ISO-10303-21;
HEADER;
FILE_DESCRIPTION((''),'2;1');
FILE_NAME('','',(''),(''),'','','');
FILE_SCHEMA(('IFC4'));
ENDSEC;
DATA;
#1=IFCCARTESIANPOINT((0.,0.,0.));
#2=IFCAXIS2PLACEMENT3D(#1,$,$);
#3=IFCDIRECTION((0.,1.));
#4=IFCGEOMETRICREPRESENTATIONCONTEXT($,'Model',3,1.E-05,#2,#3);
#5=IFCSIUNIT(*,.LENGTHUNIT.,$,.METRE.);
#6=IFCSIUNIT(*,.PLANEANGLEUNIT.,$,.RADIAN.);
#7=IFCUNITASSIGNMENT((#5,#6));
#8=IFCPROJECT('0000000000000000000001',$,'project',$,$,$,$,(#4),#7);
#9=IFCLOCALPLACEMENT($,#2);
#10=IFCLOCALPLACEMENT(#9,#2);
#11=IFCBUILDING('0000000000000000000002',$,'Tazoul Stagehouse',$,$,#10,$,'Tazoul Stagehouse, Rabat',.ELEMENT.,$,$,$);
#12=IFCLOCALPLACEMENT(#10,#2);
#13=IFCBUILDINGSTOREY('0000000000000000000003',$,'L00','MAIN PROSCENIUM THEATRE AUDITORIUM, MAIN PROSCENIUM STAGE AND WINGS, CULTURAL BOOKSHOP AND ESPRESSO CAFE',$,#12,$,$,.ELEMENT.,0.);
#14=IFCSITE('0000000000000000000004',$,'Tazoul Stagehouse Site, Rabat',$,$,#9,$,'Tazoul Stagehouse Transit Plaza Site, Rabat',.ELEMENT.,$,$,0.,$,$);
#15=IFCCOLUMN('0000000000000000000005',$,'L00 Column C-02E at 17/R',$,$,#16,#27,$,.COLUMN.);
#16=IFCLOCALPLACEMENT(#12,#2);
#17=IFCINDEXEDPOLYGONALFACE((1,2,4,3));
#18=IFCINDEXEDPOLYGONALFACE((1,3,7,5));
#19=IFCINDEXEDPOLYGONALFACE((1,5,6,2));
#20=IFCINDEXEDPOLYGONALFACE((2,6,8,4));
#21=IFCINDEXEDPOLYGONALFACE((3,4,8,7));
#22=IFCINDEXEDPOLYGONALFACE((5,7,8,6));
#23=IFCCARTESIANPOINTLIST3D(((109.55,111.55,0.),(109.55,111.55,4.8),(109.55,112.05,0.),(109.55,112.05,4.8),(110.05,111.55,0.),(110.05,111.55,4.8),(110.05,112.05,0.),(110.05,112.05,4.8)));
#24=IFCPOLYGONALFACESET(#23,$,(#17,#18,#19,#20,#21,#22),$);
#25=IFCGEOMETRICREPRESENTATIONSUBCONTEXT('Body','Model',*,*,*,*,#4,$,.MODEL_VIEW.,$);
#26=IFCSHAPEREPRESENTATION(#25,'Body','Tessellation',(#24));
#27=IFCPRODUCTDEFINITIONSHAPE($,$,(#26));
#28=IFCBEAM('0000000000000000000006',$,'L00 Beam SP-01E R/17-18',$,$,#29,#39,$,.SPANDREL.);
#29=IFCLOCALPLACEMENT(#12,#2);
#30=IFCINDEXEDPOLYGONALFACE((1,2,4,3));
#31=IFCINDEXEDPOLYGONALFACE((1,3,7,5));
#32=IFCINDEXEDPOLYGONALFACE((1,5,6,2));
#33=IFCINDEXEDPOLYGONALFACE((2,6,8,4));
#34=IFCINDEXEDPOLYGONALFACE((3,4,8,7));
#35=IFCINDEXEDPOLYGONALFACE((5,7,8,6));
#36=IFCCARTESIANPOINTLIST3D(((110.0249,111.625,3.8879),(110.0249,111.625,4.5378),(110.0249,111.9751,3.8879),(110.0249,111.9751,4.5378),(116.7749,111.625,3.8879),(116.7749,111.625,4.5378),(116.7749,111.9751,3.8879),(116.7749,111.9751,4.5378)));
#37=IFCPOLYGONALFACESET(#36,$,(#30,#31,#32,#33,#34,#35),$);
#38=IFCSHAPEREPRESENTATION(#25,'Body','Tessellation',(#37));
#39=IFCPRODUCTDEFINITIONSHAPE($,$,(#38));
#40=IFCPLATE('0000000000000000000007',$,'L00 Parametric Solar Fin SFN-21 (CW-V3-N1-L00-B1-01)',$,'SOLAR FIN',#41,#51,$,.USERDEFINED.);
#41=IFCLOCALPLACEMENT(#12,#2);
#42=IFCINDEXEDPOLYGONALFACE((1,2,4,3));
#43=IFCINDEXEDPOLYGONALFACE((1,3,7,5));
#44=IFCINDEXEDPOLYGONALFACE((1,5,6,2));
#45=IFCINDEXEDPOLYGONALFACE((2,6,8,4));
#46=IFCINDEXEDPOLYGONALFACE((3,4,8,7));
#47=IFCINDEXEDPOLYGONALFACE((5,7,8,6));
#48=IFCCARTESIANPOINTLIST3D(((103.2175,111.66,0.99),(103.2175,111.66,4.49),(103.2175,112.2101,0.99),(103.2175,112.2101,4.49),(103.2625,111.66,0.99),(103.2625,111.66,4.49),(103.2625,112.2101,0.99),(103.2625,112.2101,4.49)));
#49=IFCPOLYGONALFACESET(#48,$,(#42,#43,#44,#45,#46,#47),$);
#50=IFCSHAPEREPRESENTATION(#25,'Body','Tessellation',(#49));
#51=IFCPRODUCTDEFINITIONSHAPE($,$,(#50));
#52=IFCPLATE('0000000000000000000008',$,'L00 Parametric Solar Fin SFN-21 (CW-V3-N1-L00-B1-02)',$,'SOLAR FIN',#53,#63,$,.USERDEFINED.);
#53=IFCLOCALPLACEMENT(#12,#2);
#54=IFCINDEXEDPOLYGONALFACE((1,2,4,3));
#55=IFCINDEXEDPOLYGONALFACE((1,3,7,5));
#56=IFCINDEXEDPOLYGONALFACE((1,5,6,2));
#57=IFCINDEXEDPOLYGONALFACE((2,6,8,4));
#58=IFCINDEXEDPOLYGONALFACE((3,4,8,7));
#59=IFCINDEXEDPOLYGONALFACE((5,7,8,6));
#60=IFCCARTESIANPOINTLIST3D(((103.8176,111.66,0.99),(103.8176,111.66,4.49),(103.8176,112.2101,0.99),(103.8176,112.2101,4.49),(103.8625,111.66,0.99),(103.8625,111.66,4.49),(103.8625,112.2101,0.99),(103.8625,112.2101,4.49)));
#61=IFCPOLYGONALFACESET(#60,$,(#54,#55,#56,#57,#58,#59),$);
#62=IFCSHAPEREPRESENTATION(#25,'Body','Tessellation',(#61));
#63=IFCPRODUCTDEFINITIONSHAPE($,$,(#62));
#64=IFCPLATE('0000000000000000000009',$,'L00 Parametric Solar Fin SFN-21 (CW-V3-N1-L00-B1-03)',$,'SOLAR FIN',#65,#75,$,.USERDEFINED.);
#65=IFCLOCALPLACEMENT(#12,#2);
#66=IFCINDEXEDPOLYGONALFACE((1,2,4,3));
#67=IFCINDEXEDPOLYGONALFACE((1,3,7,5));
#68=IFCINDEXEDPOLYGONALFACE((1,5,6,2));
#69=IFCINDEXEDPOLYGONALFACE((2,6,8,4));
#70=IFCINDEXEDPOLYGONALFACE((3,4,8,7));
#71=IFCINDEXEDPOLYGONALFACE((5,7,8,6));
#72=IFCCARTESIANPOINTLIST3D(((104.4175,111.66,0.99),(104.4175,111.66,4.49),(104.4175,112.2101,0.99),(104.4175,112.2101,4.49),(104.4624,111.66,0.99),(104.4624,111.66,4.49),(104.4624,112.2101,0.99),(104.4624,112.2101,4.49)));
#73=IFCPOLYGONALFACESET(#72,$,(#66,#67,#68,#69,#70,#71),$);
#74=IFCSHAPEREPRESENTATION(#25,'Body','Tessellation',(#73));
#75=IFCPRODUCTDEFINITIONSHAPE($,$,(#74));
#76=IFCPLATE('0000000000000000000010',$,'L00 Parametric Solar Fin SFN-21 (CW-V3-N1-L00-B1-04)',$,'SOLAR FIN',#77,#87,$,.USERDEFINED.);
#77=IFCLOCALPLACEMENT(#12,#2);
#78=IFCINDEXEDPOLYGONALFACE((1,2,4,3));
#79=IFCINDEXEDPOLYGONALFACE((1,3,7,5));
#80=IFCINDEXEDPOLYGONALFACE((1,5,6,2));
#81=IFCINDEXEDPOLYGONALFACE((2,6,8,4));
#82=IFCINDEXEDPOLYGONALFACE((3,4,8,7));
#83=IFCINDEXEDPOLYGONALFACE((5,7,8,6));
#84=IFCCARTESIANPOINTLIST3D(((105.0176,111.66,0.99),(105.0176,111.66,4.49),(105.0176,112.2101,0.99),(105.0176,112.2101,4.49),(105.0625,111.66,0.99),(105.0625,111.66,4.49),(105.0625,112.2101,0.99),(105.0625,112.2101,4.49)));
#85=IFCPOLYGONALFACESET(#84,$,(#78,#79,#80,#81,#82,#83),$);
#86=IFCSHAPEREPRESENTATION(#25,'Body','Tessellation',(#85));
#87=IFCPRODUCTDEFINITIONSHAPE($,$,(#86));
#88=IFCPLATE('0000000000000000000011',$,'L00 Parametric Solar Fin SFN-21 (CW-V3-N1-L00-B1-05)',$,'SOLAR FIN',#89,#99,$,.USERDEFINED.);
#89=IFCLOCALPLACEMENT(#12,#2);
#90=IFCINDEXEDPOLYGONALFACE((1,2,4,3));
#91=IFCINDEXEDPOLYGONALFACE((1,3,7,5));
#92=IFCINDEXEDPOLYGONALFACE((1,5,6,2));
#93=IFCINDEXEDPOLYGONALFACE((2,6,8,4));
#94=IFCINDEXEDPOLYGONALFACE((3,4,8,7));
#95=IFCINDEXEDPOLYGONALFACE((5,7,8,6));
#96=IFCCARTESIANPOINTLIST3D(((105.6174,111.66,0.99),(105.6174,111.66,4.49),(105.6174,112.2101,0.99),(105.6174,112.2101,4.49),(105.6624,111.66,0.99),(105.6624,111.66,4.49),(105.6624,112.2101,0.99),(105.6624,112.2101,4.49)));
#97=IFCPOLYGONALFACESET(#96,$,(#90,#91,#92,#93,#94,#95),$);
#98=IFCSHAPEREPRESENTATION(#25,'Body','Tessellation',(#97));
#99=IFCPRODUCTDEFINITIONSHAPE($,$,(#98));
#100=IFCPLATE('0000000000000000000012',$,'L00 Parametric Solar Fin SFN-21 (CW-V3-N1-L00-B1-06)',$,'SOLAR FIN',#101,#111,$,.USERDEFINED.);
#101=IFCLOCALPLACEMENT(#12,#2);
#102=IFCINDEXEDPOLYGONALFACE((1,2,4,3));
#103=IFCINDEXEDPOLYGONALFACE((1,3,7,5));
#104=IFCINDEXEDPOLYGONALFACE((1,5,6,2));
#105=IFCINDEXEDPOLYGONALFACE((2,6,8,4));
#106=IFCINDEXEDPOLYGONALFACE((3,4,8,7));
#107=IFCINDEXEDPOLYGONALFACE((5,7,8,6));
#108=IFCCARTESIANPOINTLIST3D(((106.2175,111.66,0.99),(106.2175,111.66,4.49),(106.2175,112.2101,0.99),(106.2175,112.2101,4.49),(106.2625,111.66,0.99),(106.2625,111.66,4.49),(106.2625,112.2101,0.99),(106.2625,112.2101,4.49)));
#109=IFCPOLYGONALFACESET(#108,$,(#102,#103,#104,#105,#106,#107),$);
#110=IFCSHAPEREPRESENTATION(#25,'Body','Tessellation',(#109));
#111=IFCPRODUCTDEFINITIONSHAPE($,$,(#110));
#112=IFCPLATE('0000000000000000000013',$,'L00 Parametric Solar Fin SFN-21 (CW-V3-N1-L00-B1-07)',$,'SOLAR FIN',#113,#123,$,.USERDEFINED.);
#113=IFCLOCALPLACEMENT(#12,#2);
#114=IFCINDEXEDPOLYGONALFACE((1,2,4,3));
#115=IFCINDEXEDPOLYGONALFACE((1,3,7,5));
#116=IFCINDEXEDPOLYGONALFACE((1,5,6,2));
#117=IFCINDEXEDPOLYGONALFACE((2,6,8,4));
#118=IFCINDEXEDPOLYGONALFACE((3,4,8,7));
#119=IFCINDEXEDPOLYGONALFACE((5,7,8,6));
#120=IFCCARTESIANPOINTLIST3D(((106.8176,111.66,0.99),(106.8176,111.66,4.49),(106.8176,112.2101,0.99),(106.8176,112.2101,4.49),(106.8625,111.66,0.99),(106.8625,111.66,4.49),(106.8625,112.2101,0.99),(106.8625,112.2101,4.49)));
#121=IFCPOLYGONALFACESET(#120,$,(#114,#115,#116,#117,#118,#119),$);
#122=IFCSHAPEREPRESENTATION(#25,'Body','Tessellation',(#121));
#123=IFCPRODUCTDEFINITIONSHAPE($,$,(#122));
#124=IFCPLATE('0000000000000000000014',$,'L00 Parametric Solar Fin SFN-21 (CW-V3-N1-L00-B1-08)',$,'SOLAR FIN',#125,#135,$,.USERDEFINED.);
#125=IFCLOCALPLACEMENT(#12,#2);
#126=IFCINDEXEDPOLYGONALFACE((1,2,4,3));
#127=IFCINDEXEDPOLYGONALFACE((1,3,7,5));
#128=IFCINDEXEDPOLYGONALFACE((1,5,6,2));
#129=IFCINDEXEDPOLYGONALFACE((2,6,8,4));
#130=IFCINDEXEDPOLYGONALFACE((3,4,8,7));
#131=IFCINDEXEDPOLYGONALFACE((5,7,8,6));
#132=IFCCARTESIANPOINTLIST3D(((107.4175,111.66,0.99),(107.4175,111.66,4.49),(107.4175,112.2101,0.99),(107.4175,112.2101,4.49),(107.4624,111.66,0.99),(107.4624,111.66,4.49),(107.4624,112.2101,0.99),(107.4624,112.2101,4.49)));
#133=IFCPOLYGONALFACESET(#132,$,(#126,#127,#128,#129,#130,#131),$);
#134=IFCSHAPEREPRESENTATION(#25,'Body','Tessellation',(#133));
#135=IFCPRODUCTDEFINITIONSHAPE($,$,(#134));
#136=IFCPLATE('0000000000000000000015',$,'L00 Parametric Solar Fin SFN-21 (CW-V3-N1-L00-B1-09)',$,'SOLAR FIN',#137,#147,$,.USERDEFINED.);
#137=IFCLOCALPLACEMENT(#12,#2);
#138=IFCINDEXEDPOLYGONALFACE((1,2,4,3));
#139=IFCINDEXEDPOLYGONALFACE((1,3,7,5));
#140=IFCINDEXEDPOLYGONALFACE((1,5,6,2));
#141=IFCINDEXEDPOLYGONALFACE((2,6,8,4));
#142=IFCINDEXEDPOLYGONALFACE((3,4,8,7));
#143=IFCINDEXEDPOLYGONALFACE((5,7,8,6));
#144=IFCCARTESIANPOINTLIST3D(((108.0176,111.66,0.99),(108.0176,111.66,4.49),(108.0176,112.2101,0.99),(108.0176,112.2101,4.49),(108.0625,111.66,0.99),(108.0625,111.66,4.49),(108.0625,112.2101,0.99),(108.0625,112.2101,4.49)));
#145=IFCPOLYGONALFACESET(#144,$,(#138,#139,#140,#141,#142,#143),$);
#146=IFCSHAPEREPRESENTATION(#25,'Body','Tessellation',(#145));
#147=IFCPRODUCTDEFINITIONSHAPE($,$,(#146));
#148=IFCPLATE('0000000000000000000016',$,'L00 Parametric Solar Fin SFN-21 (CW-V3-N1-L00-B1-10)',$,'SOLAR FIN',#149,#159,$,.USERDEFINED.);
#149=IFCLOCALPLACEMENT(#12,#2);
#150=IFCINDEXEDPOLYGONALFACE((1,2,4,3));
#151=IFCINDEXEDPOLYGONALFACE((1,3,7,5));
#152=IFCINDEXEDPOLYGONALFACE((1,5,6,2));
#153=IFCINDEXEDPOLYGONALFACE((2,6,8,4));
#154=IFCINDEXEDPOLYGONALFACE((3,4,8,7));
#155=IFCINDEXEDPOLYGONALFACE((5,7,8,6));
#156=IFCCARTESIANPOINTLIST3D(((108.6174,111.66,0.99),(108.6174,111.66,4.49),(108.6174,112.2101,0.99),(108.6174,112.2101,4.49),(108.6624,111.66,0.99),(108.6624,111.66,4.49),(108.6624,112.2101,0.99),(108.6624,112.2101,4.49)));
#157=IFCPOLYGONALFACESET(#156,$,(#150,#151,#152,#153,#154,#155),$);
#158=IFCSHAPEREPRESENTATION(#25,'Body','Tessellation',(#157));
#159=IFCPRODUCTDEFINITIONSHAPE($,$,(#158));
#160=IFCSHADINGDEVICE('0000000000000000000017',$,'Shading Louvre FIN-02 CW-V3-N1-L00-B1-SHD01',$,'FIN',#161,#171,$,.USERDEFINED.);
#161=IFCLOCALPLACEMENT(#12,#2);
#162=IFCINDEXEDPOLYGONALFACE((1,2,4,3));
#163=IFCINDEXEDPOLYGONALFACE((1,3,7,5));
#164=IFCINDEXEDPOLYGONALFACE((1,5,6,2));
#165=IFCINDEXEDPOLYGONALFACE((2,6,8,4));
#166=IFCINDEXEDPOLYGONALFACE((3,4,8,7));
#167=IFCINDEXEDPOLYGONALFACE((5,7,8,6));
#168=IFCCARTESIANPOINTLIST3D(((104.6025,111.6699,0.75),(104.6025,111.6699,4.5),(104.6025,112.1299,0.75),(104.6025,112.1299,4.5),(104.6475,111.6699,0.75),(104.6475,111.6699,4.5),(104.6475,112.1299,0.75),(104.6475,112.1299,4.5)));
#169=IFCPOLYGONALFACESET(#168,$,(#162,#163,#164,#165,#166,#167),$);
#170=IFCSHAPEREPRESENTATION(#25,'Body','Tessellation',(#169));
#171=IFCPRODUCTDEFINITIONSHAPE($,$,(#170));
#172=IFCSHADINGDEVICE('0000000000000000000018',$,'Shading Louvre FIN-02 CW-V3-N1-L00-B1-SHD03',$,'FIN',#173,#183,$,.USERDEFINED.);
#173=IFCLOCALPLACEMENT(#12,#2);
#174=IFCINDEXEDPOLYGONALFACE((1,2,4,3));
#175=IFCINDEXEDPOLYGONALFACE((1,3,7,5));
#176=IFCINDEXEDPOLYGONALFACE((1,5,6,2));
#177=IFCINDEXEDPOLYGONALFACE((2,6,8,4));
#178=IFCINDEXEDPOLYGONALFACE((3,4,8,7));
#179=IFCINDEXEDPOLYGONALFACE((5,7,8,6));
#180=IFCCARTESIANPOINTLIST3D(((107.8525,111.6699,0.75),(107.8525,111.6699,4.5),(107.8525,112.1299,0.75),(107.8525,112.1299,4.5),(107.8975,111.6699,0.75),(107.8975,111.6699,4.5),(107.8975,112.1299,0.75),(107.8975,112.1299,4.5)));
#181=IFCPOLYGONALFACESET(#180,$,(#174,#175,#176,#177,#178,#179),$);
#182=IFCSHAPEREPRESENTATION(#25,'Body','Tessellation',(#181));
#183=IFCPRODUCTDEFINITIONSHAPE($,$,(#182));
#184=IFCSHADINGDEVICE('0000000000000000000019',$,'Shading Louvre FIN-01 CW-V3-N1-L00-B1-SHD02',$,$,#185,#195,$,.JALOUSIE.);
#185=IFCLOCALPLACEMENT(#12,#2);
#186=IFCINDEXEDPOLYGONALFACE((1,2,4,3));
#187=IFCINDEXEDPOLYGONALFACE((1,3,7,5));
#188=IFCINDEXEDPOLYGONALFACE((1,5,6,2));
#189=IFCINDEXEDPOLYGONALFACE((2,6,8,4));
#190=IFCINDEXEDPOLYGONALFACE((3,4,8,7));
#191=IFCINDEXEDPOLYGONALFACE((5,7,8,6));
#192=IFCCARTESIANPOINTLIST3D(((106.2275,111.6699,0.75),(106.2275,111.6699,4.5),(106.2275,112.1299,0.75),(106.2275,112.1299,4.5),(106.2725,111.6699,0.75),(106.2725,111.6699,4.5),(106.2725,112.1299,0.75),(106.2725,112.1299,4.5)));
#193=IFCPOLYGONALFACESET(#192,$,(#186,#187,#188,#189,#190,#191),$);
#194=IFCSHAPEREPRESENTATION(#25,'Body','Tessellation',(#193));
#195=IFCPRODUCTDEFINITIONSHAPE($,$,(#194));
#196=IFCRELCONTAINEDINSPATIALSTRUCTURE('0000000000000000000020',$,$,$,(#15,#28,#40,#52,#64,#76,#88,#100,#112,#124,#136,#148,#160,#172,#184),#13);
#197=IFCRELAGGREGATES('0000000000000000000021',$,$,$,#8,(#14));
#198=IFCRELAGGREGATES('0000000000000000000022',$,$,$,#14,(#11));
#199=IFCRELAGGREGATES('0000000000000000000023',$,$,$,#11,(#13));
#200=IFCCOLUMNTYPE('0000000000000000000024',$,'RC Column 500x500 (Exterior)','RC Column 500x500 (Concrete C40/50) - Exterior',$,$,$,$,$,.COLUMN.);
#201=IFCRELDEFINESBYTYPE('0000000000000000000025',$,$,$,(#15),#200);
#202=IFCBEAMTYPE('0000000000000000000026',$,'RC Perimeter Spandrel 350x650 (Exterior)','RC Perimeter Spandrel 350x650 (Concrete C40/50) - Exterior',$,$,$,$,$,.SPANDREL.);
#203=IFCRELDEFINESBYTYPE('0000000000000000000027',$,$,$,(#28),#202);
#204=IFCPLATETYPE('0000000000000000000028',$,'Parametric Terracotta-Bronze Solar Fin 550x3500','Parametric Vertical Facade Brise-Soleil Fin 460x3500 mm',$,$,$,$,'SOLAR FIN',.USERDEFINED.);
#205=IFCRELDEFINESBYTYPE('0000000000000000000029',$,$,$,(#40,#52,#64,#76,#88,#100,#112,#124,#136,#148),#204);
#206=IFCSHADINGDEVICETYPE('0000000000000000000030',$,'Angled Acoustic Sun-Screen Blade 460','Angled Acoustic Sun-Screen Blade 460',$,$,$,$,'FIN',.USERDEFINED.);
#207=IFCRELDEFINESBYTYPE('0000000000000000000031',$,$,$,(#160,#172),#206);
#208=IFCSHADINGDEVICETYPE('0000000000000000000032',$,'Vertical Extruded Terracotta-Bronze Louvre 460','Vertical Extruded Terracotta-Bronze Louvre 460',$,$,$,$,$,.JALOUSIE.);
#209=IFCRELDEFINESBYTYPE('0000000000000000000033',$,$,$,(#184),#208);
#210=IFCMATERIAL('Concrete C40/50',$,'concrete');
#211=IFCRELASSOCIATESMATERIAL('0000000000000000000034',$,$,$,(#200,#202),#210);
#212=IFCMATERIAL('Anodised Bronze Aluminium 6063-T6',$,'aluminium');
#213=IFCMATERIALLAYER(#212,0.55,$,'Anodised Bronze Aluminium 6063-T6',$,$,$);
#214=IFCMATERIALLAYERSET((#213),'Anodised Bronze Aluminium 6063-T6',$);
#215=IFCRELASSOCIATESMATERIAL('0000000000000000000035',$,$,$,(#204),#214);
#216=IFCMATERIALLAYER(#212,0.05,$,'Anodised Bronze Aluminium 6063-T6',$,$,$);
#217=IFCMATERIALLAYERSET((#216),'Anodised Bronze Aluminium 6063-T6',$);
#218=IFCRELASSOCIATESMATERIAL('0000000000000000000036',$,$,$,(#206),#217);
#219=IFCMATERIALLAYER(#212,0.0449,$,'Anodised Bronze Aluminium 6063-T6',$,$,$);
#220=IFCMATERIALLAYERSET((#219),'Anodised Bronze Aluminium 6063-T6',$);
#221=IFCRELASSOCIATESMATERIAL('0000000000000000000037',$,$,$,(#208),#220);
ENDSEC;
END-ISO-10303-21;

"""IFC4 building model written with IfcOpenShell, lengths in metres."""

from ifc_helpers import new_model, si_unit, direction, frame, origin, origin_2d, place, context, subcontext, project, spatial, rectangle, extrude, material, layer, layer_set, material_profile, profile_set, type_object, element, save


model = new_model("IFC4")

# Units and contexts
model_context = context("Model", 3, precision=1e-05, world=origin(), true_north=direction((0.0, 1.0)))
body_context = subcontext(model_context, "Body", "Model", "MODEL_VIEW")
ifc_project = project(units=[si_unit("LENGTHUNIT", "METRE"), si_unit("PLANEANGLEUNIT", "RADIAN")], contexts=[model_context])

# Site, building, storey
site_placement = place(None, origin())
site = spatial("IfcSite", under=ifc_project, at=site_placement, Name="Tazoul Stagehouse Site, Rabat", LongName="Tazoul Stagehouse Transit Plaza Site, Rabat", CompositionType="ELEMENT", RefElevation=0.0)
building_placement = place(site_placement, origin())
building = spatial("IfcBuilding", under=site, at=building_placement, Name="Tazoul Stagehouse", LongName="Tazoul Stagehouse, Rabat", CompositionType="ELEMENT")
storey_placement = place(building_placement, origin())
storey = spatial("IfcBuildingStorey", under=building, at=storey_placement, Name="L00", Description="MAIN PROSCENIUM THEATRE AUDITORIUM, MAIN PROSCENIUM STAGE AND WINGS, CULTURAL BOOKSHOP AND ESPRESSO CAFE", CompositionType="ELEMENT", Elevation=0.0)

# Column
ifc_material_1 = material(Name="Concrete C40/50", Category="concrete")
ifc_material_profile_1 = material_profile(ifc_material_1, rectangle(XDim=0.5, YDim=0.5, at=origin_2d()), Name="RC 500x500")
ifc_profile_set_1 = profile_set([ifc_material_profile_1], Name="Concrete C40/50")
column_type = type_object("IfcColumnType", Name="RC Column 500x500 (Exterior)", Description="RC Column 500x500 (Concrete C40/50) - Exterior", PredefinedType="COLUMN", material=ifc_profile_set_1)
column_placement = place(storey_placement, frame((109.8, 111.8, 0.0), z_axis=(0.0, 0.0, 1.0), x_axis=(1.0, 0.0, 0.0)))
element("IfcColumn", 1, at=column_placement, inside=storey, type_object=column_type, Name="L00 Column C-02E at 17/R", PredefinedType="COLUMN", context=body_context, shape_type="SweptSolid", body=[
    extrude(rectangle(XDim=0.5, YDim=0.5, at=origin_2d()), origin(), (0.0, 0.0, 1.0), 4.8),
])

# Beam
ifc_material_profile_2 = material_profile(ifc_material_1, rectangle(XDim=0.3501, YDim=0.6499, at=origin_2d()), Name="RC 350x650")
ifc_profile_set_2 = profile_set([ifc_material_profile_2], Name="Concrete C40/50")
beam_type = type_object("IfcBeamType", Name="RC Perimeter Spandrel 350x650 (Exterior)", Description="RC Perimeter Spandrel 350x650 (Concrete C40/50) - Exterior", PredefinedType="SPANDREL", material=ifc_profile_set_2)
beam_placement = place(storey_placement, frame((110.0249, 111.8, 4.2129), z_axis=(1.0, 0.0, 0.0), x_axis=(0.0, 1.0, 0.0)))
element("IfcBeam", 2, at=beam_placement, inside=storey, type_object=beam_type, Name="L00 Beam SP-01E R/17-18", PredefinedType="SPANDREL", context=body_context, shape_type="SweptSolid", body=[
    extrude(rectangle(XDim=0.3501, YDim=0.6499, at=origin_2d()), origin(), (0.0, 0.0, 1.0), 6.75),
])

# Plates
ifc_material_2 = material(Name="Anodised Bronze Aluminium 6063-T6", Category="aluminium")
ifc_layer_1 = layer(ifc_material_2, 0.55, Name="Anodised Bronze Aluminium 6063-T6")
ifc_layer_set_1 = layer_set([ifc_layer_1], Name="Anodised Bronze Aluminium 6063-T6")
plate_type = type_object("IfcPlateType", Name="Parametric Terracotta-Bronze Solar Fin 550x3500", Description="Parametric Vertical Facade Brise-Soleil Fin 460x3500 mm", ElementType="SOLAR FIN", PredefinedType="USERDEFINED", material=ifc_layer_set_1)
for number, where, z_axis, x_axis, name in (
    (3, (103.24, 111.9351, 0.99), (0.0, 0.0, 1.0), (1.0, 0.0, 0.0), "L00 Parametric Solar Fin SFN-21 (CW-V3-N1-L00-B1-01)"),
    (4, (103.8401, 111.9351, 0.99), (0.0, 0.0, 1.0), (1.0, 0.0, 0.0), "L00 Parametric Solar Fin SFN-21 (CW-V3-N1-L00-B1-02)"),
    (5, (104.4399, 111.9351, 0.99), (0.0, 0.0, 1.0), (1.0, 0.0, 0.0), "L00 Parametric Solar Fin SFN-21 (CW-V3-N1-L00-B1-03)"),
    (6, (105.04, 111.9351, 0.99), (0.0, 0.0, 1.0), (1.0, 0.0, 0.0), "L00 Parametric Solar Fin SFN-21 (CW-V3-N1-L00-B1-04)"),
    (7, (105.6399, 111.9351, 0.99), (0.0, 0.0, 1.0), (1.0, 0.0, 0.0), "L00 Parametric Solar Fin SFN-21 (CW-V3-N1-L00-B1-05)"),
    (8, (106.24, 111.9351, 0.99), (0.0, 0.0, 1.0), (1.0, 0.0, 0.0), "L00 Parametric Solar Fin SFN-21 (CW-V3-N1-L00-B1-06)"),
    (9, (106.8401, 111.9351, 0.99), (0.0, 0.0, 1.0), (1.0, 0.0, 0.0), "L00 Parametric Solar Fin SFN-21 (CW-V3-N1-L00-B1-07)"),
    (10, (107.4399, 111.9351, 0.99), (0.0, 0.0, 1.0), (1.0, 0.0, 0.0), "L00 Parametric Solar Fin SFN-21 (CW-V3-N1-L00-B1-08)"),
    (11, (108.04, 111.9351, 0.99), (0.0, 0.0, 1.0), (1.0, 0.0, 0.0), "L00 Parametric Solar Fin SFN-21 (CW-V3-N1-L00-B1-09)"),
    (12, (108.6399, 111.9351, 0.99), (0.0, 0.0, 1.0), (1.0, 0.0, 0.0), "L00 Parametric Solar Fin SFN-21 (CW-V3-N1-L00-B1-10)"),
):
    element("IfcPlate", number, at=place(storey_placement, frame(where, z_axis=z_axis, x_axis=x_axis)), inside=storey, type_object=plate_type, Name=name, ObjectType="SOLAR FIN", PredefinedType="USERDEFINED", context=body_context, shape_type="SweptSolid", body=[
        extrude(rectangle(XDim=0.0449, YDim=0.55, at=origin_2d()), origin(), (0.0, 0.0, 1.0), 3.5),
    ])

# Shading devices
ifc_layer_2 = layer(ifc_material_2, 0.05, Name="Anodised Bronze Aluminium 6063-T6")
ifc_layer_set_2 = layer_set([ifc_layer_2], Name="Anodised Bronze Aluminium 6063-T6")
shading_device_type_1 = type_object("IfcShadingDeviceType", Name="Angled Acoustic Sun-Screen Blade 460", Description="Angled Acoustic Sun-Screen Blade 460", ElementType="FIN", PredefinedType="USERDEFINED", material=ifc_layer_set_2)
for number, where, z_axis, x_axis, name in (
    (13, (104.625, 111.8999, 0.75), (0.0, 0.0, 1.0), (1.0, 0.0, 0.0), "Shading Louvre FIN-02 CW-V3-N1-L00-B1-SHD01"),
    (14, (107.875, 111.8999, 0.75), (0.0, 0.0, 1.0), (1.0, 0.0, 0.0), "Shading Louvre FIN-02 CW-V3-N1-L00-B1-SHD03"),
):
    element("IfcShadingDevice", number, at=place(storey_placement, frame(where, z_axis=z_axis, x_axis=x_axis)), inside=storey, type_object=shading_device_type_1, Name=name, ObjectType="FIN", PredefinedType="USERDEFINED", context=body_context, shape_type="SweptSolid", body=[
        extrude(rectangle(XDim=0.0449, YDim=0.46, at=origin_2d()), origin(), (0.0, 0.0, 1.0), 3.75),
    ])
ifc_layer_3 = layer(ifc_material_2, 0.0449, Name="Anodised Bronze Aluminium 6063-T6")
ifc_layer_set_3 = layer_set([ifc_layer_3], Name="Anodised Bronze Aluminium 6063-T6")
shading_device_type_2 = type_object("IfcShadingDeviceType", Name="Vertical Extruded Terracotta-Bronze Louvre 460", Description="Vertical Extruded Terracotta-Bronze Louvre 460", PredefinedType="JALOUSIE", material=ifc_layer_set_3)
shading_device_placement = place(storey_placement, frame((106.25, 111.8999, 0.75), z_axis=(0.0, 0.0, 1.0), x_axis=(1.0, 0.0, 0.0)))
element("IfcShadingDevice", 15, at=shading_device_placement, inside=storey, type_object=shading_device_type_2, Name="Shading Louvre FIN-01 CW-V3-N1-L00-B1-SHD02", PredefinedType="JALOUSIE", context=body_context, shape_type="SweptSolid", body=[
    extrude(rectangle(XDim=0.0449, YDim=0.46, at=origin_2d()), origin(), (0.0, 0.0, 1.0), 3.75),
])

save(model, "model.ifc")
